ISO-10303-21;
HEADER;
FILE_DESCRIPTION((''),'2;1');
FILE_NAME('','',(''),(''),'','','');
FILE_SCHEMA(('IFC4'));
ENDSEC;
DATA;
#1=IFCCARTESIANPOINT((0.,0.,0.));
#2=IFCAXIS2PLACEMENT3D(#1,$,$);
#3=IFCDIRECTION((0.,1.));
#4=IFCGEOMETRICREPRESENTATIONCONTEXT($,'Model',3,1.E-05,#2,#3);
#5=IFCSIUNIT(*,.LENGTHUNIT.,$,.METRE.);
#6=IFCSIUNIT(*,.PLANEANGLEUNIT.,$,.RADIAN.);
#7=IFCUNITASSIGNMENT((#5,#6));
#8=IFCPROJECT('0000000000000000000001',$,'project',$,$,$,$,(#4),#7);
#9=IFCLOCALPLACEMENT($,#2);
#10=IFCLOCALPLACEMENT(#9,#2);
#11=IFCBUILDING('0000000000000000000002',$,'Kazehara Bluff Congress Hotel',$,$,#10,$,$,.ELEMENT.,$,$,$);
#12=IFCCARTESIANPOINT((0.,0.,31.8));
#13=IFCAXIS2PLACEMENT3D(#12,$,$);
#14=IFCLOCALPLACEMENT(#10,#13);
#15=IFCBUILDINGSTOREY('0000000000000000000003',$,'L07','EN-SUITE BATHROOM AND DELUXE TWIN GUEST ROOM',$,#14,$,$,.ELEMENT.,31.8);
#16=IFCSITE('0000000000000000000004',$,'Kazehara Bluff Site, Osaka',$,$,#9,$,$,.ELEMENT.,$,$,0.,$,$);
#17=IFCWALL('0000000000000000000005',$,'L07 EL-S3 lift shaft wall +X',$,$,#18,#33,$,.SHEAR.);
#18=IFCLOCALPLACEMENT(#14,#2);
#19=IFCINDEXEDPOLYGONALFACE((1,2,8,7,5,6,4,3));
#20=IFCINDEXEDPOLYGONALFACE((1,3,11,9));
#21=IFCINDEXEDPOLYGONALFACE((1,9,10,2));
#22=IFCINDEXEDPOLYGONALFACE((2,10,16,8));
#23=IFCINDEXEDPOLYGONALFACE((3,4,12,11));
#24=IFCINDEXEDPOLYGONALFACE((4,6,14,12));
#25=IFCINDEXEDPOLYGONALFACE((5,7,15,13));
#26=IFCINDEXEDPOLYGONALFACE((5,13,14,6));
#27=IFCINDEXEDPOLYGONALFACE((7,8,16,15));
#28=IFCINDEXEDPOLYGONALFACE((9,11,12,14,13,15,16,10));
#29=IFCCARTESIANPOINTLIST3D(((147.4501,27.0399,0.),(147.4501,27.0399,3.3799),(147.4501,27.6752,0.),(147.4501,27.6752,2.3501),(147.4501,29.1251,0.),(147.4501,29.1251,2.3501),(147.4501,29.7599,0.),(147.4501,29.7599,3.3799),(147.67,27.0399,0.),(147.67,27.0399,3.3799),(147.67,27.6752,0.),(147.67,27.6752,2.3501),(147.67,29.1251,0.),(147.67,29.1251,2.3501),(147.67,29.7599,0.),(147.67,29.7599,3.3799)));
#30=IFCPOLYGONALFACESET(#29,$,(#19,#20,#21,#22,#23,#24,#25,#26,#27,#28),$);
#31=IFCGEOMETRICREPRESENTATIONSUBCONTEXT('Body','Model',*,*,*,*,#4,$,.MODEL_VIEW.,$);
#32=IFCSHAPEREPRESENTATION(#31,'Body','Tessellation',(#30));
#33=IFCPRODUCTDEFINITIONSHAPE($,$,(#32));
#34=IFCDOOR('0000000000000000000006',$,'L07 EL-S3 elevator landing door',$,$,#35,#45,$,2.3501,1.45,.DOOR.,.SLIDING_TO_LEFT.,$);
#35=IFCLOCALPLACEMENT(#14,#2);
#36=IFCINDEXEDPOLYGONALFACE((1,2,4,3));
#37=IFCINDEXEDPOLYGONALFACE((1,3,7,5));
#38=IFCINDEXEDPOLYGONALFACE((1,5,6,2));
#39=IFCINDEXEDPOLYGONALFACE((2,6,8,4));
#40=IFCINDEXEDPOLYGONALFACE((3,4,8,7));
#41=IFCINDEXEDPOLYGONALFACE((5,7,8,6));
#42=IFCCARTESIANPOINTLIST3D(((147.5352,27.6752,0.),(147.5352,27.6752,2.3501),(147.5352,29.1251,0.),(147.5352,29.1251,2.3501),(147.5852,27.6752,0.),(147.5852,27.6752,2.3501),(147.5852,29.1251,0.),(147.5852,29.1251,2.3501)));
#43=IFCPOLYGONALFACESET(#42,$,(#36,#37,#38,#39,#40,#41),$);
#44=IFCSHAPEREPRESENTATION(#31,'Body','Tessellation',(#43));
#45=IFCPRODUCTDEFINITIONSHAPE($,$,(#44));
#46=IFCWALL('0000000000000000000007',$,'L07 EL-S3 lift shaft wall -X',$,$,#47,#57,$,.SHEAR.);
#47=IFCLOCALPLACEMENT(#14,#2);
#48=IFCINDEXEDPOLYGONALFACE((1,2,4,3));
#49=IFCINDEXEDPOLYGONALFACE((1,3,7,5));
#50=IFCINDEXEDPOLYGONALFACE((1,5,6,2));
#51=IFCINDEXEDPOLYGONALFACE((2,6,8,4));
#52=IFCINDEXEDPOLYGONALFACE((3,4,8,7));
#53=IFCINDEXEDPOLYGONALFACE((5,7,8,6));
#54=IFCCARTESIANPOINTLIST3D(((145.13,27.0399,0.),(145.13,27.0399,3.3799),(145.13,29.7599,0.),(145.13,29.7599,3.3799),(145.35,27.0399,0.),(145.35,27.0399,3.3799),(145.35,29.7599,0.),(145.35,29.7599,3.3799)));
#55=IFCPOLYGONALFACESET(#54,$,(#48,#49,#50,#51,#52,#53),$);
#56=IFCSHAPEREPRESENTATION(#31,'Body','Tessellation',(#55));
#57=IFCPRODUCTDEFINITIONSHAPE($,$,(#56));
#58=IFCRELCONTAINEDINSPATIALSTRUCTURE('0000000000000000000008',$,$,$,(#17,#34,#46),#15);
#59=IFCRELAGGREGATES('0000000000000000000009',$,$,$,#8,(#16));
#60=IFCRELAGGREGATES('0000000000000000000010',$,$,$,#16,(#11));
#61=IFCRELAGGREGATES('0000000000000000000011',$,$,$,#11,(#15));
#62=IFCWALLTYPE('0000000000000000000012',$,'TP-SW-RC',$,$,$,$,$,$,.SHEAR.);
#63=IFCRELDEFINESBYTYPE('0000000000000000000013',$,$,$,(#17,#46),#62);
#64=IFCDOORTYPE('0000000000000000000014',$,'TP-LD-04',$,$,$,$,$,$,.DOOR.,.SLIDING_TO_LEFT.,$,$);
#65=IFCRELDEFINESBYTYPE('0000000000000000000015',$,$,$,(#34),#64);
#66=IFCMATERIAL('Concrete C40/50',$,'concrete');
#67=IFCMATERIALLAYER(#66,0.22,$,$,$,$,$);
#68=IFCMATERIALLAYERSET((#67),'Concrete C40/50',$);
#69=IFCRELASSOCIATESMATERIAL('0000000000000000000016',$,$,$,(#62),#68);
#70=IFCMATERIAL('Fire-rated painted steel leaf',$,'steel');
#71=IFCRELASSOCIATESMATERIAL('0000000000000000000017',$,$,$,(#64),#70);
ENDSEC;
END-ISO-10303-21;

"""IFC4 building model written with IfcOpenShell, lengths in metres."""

from ifc_helpers import new_model, si_unit, direction, frame, frame_2d, origin, place, context, subcontext, project, spatial, rectangle, extrude, material, layer, layer_set, type_object, element, fill, save


model = new_model("IFC4")

# Units and contexts
model_context = context("Model", 3, precision=1e-05, world=origin(), true_north=direction((0.0, 1.0)))
body_context = subcontext(model_context, "Body", "Model", "MODEL_VIEW")
ifc_project = project(units=[si_unit("LENGTHUNIT", "METRE"), si_unit("PLANEANGLEUNIT", "RADIAN")], contexts=[model_context])

# Site, building, storey
site_placement = place(None, origin())
site = spatial("IfcSite", under=ifc_project, at=site_placement, Name="Kazehara Bluff Site, Osaka", CompositionType="ELEMENT", RefElevation=0.0)
building_placement = place(site_placement, origin())
building = spatial("IfcBuilding", under=site, at=building_placement, Name="Kazehara Bluff Congress Hotel", CompositionType="ELEMENT")
storey_placement = place(building_placement, frame((0.0, 0.0, 31.8)))
storey = spatial("IfcBuildingStorey", under=building, at=storey_placement, Name="L07", Description="EN-SUITE BATHROOM AND DELUXE TWIN GUEST ROOM", CompositionType="ELEMENT", Elevation=31.8)

# Shared definitions
ifc_material_1 = material(Name="Concrete C40/50", Category="concrete")
ifc_layer_1 = layer(ifc_material_1, 0.22)
ifc_layer_set_1 = layer_set([ifc_layer_1], Name="Concrete C40/50")
wall_type_1 = type_object("IfcWallType", Name="TP-SW-RC", PredefinedType="SHEAR", material=ifc_layer_set_1)

# Wall, opening, door
wall_1_placement = place(storey_placement, frame((147.5601, 27.04, 0.0), z_axis=(0.0, 0.0, 1.0), x_axis=(0.0, 1.0, 0.0)))
wall_1 = element("IfcWall", 1, at=wall_1_placement, inside=storey, type_object=wall_type_1, Name="L07 EL-S3 lift shaft wall +X", PredefinedType="SHEAR", context=body_context, shape_type="SweptSolid", body=[
    extrude(rectangle(XDim=2.72, YDim=0.22, at=frame_2d((1.3599, 0.0))), origin(), (0.0, 0.0, 1.0), 3.3799),
])
opening_placement = place(wall_1_placement, frame((0.635, 0.0, 0.0)))
opening = element("IfcOpeningElement", 2, at=opening_placement, cuts=wall_1, PredefinedType="OPENING", context=body_context, shape_type="SweptSolid", body=[
    extrude(rectangle(XDim=1.45, YDim=2.3501, at=frame_2d((0.7251, 1.175))), frame((0.0, 0.1199, 0.0), z_axis=(0.0, -1.0, 0.0), x_axis=(1.0, 0.0, 0.0)), (0.0, 0.0, 1.0), 0.24),
])
ifc_material_2 = material(Name="Fire-rated painted steel leaf", Category="steel")
door_type = type_object("IfcDoorType", Name="TP-LD-04", OperationType="SLIDING_TO_LEFT", PredefinedType="DOOR", material=ifc_material_2)
door_placement = place(opening_placement, origin())
door = element("IfcDoor", 3, at=door_placement, inside=storey, type_object=door_type, Name="L07 EL-S3 elevator landing door", OperationType="SLIDING_TO_LEFT", OverallHeight=2.3501, OverallWidth=1.45, PredefinedType="DOOR", context=body_context, shape_type="SweptSolid", body=[
    extrude(rectangle(XDim=1.45, YDim=2.3501, at=frame_2d((0.7251, 1.175))), frame((0.0, 0.0249, 0.0), z_axis=(0.0, -1.0, 0.0), x_axis=(1.0, 0.0, 0.0)), (0.0, 0.0, 1.0), 0.05),
])
fill(opening, door)

# Wall
wall_2_placement = place(storey_placement, frame((145.24, 27.04, 0.0), z_axis=(0.0, 0.0, 1.0), x_axis=(0.0, 1.0, 0.0)))
element("IfcWall", 4, at=wall_2_placement, inside=storey, type_object=wall_type_1, Name="L07 EL-S3 lift shaft wall -X", PredefinedType="SHEAR", context=body_context, shape_type="SweptSolid", body=[
    extrude(rectangle(XDim=2.72, YDim=0.22, at=frame_2d((1.3599, 0.0))), origin(), (0.0, 0.0, 1.0), 3.3799),
])

save(model, "model.ifc")
